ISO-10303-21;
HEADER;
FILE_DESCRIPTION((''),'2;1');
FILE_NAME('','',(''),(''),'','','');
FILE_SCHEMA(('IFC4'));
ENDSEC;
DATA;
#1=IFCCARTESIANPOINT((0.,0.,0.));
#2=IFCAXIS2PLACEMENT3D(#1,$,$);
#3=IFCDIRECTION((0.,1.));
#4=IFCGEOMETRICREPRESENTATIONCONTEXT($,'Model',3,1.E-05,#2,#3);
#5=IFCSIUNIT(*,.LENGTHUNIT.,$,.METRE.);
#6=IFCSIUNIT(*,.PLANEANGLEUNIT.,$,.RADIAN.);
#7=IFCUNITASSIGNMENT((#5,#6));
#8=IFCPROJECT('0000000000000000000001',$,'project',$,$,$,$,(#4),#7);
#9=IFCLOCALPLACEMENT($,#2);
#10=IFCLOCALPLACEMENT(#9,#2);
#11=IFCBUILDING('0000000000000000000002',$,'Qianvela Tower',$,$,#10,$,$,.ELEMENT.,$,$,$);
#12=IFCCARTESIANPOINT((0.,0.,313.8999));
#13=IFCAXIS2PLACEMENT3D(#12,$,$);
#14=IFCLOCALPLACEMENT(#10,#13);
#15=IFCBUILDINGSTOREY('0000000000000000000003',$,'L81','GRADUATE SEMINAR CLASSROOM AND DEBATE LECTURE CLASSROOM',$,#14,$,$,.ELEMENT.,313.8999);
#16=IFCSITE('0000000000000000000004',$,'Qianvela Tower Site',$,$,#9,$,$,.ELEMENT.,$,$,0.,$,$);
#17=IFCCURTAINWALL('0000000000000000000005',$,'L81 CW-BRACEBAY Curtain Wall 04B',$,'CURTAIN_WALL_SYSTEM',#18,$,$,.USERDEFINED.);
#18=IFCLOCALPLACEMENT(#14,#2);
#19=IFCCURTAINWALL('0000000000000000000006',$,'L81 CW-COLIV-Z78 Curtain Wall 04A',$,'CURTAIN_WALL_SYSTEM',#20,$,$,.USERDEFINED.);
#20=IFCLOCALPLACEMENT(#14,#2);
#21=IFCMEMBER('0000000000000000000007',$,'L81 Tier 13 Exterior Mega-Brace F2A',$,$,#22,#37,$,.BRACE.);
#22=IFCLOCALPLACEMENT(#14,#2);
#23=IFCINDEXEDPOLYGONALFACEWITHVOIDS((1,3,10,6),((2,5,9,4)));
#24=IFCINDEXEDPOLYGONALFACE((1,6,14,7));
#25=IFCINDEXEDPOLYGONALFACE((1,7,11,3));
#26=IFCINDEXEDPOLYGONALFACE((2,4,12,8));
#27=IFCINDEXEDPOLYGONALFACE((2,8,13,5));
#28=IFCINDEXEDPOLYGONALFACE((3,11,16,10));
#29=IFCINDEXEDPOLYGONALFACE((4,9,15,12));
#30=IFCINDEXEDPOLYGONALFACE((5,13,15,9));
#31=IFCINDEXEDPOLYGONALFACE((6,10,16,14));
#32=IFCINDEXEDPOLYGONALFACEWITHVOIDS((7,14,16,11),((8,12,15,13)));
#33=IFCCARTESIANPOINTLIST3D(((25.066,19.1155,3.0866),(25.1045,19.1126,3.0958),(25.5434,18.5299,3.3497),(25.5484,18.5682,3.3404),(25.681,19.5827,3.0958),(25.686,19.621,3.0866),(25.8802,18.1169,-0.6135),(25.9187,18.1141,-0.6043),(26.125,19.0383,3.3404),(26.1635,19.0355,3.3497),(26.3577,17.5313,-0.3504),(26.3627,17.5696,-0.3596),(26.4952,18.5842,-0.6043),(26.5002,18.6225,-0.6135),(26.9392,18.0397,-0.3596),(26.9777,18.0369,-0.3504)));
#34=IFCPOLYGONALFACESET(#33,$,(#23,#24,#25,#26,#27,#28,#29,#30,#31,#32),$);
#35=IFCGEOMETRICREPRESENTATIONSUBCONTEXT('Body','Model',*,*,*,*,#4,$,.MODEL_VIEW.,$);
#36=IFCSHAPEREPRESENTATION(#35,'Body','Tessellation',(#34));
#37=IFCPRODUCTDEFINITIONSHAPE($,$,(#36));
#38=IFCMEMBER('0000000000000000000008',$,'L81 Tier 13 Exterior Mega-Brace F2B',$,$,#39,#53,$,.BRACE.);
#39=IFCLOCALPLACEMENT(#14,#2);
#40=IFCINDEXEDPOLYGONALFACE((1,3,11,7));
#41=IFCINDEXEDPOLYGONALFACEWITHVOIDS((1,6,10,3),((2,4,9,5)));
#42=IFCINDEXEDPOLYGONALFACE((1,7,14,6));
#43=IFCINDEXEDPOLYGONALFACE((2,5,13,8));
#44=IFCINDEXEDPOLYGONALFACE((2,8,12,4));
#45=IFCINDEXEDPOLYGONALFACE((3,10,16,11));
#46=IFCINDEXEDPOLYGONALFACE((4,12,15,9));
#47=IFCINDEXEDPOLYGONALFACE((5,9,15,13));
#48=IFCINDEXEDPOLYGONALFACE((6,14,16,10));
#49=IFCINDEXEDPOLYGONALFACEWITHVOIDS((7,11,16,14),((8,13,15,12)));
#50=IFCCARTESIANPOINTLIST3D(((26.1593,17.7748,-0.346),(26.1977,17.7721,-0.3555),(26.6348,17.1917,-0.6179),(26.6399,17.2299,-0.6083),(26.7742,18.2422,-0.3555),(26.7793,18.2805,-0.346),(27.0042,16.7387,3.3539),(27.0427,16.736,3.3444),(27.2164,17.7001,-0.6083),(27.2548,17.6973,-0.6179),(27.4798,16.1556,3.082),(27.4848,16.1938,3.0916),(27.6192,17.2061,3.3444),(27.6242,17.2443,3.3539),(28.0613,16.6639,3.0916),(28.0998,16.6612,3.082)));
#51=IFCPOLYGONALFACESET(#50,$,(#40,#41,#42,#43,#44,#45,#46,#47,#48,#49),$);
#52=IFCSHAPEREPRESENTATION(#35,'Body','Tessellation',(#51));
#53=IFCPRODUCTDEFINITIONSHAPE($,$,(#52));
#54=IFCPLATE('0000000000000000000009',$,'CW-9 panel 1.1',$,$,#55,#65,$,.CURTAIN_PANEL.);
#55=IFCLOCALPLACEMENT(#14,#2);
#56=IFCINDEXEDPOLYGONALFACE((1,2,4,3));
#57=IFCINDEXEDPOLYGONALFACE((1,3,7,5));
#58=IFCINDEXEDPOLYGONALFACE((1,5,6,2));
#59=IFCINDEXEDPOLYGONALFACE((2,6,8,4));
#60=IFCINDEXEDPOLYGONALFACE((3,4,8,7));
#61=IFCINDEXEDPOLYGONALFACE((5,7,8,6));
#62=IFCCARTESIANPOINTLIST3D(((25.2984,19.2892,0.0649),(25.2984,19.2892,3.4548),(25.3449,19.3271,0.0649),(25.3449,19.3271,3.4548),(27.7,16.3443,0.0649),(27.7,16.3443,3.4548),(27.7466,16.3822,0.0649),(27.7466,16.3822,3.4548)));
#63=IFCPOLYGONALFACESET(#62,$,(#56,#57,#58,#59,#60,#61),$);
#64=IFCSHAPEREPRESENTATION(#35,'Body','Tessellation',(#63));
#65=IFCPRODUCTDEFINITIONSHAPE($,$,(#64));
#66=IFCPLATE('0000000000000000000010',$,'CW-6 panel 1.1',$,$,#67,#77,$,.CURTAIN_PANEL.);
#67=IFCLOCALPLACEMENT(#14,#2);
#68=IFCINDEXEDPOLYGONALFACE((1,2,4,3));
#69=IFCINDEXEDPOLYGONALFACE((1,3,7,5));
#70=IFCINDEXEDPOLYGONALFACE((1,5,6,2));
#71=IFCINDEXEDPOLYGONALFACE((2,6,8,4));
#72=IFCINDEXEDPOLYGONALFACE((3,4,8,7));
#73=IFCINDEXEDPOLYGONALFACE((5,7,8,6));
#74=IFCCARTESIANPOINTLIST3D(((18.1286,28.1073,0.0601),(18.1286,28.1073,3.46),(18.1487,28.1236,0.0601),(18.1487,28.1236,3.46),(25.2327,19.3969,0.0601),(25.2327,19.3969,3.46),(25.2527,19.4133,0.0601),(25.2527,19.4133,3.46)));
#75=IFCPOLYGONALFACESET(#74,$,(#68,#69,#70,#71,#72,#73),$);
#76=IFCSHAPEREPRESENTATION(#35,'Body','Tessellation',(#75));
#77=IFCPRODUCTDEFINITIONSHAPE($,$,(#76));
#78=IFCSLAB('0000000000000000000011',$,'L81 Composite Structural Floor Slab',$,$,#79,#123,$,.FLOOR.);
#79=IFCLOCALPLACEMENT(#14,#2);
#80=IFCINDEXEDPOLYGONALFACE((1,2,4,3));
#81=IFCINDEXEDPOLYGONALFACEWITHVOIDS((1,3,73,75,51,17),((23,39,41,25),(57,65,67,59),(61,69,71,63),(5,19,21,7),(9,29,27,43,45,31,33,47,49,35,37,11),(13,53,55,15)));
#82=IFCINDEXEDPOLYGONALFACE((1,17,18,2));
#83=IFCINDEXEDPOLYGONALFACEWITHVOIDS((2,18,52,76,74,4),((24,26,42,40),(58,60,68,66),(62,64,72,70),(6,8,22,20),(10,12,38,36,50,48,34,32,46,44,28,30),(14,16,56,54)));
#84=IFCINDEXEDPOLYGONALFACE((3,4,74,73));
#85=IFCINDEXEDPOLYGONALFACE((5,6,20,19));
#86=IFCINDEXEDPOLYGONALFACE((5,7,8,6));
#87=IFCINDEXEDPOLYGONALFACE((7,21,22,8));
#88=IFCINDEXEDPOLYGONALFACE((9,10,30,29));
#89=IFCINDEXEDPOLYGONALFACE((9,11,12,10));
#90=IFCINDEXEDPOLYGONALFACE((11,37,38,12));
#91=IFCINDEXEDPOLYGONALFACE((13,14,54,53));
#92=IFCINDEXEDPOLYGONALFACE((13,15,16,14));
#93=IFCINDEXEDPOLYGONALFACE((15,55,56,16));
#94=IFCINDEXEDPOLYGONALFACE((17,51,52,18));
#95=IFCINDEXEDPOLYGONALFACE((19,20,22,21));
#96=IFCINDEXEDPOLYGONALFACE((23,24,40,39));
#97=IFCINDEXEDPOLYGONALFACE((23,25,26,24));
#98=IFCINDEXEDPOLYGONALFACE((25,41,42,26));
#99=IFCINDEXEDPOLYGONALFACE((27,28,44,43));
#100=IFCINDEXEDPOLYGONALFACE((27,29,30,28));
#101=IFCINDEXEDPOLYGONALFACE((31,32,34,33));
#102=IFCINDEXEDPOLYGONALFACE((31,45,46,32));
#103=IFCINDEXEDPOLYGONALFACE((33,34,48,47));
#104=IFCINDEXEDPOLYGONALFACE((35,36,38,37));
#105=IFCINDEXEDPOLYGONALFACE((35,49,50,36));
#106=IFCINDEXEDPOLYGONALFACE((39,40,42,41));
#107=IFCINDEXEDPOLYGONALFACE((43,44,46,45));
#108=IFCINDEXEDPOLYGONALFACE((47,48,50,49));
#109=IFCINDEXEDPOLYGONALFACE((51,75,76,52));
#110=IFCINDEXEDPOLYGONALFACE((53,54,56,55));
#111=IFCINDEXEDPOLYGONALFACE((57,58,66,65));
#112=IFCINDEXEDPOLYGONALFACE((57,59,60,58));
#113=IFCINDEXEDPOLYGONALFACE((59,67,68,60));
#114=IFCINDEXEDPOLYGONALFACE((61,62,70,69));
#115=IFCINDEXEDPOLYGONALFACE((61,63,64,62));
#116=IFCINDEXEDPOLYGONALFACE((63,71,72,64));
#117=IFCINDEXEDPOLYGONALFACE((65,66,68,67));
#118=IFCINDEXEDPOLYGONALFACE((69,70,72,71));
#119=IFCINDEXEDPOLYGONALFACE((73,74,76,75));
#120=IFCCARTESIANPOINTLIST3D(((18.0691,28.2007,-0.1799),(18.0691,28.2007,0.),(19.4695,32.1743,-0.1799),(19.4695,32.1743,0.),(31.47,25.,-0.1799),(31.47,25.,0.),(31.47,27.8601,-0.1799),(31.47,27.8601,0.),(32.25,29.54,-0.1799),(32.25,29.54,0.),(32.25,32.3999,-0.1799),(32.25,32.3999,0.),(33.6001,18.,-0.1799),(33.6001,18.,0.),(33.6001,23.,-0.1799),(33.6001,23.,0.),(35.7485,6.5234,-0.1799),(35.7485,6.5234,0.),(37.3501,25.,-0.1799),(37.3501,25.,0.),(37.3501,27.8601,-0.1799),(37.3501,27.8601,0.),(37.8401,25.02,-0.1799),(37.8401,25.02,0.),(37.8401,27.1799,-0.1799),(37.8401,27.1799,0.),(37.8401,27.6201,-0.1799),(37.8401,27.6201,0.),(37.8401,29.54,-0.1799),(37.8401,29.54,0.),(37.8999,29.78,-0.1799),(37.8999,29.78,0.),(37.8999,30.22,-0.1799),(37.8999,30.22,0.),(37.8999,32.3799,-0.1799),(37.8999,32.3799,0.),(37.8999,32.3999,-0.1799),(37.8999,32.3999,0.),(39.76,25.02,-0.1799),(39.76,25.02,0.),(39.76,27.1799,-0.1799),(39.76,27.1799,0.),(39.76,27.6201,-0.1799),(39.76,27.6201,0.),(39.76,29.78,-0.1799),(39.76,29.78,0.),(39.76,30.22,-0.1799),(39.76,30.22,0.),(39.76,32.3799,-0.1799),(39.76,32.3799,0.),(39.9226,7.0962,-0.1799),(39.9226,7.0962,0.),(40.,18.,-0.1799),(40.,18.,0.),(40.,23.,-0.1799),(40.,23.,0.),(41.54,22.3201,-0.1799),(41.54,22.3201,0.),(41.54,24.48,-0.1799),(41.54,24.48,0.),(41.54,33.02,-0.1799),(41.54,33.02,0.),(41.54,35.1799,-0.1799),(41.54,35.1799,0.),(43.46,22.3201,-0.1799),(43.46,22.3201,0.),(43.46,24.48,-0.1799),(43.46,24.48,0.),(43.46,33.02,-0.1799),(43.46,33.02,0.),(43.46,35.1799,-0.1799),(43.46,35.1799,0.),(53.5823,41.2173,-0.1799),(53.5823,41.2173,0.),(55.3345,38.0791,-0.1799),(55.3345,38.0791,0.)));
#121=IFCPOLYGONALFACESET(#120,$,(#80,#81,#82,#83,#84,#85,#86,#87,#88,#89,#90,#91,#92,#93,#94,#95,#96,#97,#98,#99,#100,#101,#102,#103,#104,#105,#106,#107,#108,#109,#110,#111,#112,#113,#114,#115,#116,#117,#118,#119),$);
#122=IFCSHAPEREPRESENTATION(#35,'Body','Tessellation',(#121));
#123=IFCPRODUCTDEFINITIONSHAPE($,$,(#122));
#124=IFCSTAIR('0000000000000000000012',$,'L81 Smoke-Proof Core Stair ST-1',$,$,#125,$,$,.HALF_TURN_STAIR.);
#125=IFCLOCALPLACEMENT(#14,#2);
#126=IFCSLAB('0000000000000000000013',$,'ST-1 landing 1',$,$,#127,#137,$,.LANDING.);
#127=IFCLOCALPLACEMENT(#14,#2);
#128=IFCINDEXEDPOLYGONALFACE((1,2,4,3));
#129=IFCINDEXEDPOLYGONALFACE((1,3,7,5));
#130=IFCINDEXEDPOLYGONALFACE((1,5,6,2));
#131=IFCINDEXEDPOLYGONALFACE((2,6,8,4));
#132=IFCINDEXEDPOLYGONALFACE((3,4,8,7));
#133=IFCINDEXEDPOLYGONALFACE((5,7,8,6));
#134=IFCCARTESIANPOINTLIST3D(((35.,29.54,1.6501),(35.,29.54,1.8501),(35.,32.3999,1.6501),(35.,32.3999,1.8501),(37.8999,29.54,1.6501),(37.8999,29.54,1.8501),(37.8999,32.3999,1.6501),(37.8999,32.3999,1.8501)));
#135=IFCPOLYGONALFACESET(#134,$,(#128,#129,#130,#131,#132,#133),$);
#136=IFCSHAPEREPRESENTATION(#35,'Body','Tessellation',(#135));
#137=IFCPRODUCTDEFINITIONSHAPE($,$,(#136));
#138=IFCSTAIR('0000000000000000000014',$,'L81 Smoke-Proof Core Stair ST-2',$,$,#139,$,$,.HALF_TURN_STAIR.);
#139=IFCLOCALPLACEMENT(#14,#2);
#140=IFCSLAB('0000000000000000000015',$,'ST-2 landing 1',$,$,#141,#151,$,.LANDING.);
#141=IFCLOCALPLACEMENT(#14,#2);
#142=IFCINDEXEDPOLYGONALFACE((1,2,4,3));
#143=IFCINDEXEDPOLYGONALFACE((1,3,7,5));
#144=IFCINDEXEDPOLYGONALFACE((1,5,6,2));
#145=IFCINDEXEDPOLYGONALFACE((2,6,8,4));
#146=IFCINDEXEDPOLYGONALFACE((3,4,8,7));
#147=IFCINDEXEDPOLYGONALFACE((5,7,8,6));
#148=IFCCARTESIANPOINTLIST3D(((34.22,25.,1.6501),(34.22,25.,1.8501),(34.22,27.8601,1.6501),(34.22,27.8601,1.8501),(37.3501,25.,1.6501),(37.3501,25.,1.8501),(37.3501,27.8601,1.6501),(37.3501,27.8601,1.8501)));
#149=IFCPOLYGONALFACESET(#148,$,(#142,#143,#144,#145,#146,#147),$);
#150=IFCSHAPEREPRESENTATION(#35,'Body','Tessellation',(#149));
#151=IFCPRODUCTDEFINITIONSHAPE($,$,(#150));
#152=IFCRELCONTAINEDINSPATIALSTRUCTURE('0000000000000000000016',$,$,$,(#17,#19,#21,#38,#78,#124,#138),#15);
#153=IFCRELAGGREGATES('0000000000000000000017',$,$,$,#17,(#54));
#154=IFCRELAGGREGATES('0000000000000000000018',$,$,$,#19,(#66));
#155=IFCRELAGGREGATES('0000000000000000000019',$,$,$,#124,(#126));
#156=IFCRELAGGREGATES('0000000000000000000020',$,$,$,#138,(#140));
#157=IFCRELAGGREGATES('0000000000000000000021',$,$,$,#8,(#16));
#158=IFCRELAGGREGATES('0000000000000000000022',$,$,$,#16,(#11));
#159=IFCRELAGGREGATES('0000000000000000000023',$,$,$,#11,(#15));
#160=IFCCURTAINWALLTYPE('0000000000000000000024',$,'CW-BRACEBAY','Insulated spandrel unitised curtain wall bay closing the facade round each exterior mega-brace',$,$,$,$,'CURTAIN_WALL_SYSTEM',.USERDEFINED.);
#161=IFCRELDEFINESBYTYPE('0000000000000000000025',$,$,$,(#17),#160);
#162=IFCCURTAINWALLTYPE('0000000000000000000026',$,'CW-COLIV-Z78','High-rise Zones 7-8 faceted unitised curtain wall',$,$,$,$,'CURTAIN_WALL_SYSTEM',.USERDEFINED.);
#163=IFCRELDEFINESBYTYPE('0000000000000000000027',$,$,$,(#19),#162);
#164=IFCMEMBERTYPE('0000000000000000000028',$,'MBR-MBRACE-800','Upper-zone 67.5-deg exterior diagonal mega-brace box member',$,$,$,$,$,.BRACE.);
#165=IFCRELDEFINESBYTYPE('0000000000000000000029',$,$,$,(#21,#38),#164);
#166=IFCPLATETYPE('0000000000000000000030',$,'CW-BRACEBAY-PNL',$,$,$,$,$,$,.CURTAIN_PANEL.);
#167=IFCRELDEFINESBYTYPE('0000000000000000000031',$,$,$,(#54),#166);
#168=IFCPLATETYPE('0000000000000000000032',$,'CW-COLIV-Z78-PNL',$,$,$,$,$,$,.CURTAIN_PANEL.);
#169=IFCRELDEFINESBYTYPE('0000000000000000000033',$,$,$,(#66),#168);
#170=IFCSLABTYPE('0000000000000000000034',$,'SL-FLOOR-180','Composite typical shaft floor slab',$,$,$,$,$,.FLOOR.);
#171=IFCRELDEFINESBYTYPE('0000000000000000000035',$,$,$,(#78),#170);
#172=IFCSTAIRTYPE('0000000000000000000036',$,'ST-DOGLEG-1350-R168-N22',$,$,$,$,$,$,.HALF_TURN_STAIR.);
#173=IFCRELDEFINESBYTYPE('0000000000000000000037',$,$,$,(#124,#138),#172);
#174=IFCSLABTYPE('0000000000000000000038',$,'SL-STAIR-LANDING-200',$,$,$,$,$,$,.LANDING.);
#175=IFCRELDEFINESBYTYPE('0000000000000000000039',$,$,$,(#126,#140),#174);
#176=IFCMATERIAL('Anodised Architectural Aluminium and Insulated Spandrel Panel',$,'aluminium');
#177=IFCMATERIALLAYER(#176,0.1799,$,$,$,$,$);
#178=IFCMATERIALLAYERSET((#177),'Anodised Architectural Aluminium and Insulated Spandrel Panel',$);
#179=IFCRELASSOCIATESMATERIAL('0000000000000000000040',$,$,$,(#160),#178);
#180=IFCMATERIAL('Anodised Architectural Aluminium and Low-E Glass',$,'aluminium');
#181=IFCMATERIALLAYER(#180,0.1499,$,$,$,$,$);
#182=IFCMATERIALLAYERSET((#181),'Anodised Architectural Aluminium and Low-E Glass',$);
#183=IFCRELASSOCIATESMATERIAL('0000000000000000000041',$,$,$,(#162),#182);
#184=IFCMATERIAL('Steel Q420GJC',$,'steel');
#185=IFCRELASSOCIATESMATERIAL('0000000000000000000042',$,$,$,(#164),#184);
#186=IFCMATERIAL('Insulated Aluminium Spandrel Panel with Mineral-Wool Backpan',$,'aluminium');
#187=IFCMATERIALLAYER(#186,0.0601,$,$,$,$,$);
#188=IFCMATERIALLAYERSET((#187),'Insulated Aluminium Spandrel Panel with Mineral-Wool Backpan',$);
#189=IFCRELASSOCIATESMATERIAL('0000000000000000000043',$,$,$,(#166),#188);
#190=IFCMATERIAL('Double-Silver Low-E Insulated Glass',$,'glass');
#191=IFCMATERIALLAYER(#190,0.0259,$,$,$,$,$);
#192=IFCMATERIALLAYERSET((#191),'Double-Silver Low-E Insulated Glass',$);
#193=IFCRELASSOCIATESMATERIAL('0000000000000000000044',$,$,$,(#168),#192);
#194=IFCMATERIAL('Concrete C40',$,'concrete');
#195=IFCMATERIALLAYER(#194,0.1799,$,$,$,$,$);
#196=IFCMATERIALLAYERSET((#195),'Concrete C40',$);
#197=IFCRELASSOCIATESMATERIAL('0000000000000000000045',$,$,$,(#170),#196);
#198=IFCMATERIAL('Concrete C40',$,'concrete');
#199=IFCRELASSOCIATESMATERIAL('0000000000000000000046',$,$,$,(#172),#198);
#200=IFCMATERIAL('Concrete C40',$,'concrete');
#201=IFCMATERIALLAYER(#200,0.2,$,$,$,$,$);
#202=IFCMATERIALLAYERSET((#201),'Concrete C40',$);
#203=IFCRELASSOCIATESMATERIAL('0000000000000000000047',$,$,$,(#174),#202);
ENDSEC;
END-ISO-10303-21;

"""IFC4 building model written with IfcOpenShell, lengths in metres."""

from ifc_helpers import new_model, si_unit, direction, frame, origin, origin_2d, place, context, subcontext, project, spatial, polyline, rectangle, hollow_rectangle, outline, extrude, material, layer, layer_set, material_profile, profile_set, type_object, element, aggregate, save


model = new_model("IFC4")

# Units and contexts
model_context = context("Model", 3, precision=1e-05, world=origin(), true_north=direction((0.0, 1.0)))
body_context = subcontext(model_context, "Body", "Model", "MODEL_VIEW")
ifc_project = project(units=[si_unit("LENGTHUNIT", "METRE"), si_unit("PLANEANGLEUNIT", "RADIAN")], contexts=[model_context])

# Site, building, storey
site_placement = place(None, origin())
site = spatial("IfcSite", under=ifc_project, at=site_placement, Name="Qianvela Tower Site", CompositionType="ELEMENT", RefElevation=0.0)
building_placement = place(site_placement, origin())
building = spatial("IfcBuilding", under=site, at=building_placement, Name="Qianvela Tower", CompositionType="ELEMENT")
storey_placement = place(building_placement, frame((0.0, 0.0, 313.8999)))
storey = spatial("IfcBuildingStorey", under=building, at=storey_placement, Name="L81", Description="GRADUATE SEMINAR CLASSROOM AND DEBATE LECTURE CLASSROOM", CompositionType="ELEMENT", Elevation=313.8999)

# Curtain wall
ifc_material_1 = material(Name="Anodised Architectural Aluminium and Insulated Spandrel Panel", Category="aluminium")
ifc_layer_1 = layer(ifc_material_1, 0.1799)
ifc_layer_set_1 = layer_set([ifc_layer_1], Name="Anodised Architectural Aluminium and Insulated Spandrel Panel")
curtain_wall_type_1 = type_object("IfcCurtainWallType", Name="CW-BRACEBAY", Description="Insulated spandrel unitised curtain wall bay closing the facade round each exterior mega-brace", ElementType="CURTAIN_WALL_SYSTEM", PredefinedType="USERDEFINED", material=ifc_layer_set_1)
curtain_wall_1_placement = place(storey_placement, origin())
curtain_wall_1 = element("IfcCurtainWall", 1, at=curtain_wall_1_placement, inside=storey, type_object=curtain_wall_type_1, Name="L81 CW-BRACEBAY Curtain Wall 04B", ObjectType="CURTAIN_WALL_SYSTEM", PredefinedType="USERDEFINED")

# Curtain wall
ifc_material_2 = material(Name="Anodised Architectural Aluminium and Low-E Glass", Category="aluminium")
ifc_layer_2 = layer(ifc_material_2, 0.1499)
ifc_layer_set_2 = layer_set([ifc_layer_2], Name="Anodised Architectural Aluminium and Low-E Glass")
curtain_wall_type_2 = type_object("IfcCurtainWallType", Name="CW-COLIV-Z78", Description="High-rise Zones 7-8 faceted unitised curtain wall", ElementType="CURTAIN_WALL_SYSTEM", PredefinedType="USERDEFINED", material=ifc_layer_set_2)
curtain_wall_2_placement = place(storey_placement, origin())
curtain_wall_2 = element("IfcCurtainWall", 2, at=curtain_wall_2_placement, inside=storey, type_object=curtain_wall_type_2, Name="L81 CW-COLIV-Z78 Curtain Wall 04A", ObjectType="CURTAIN_WALL_SYSTEM", PredefinedType="USERDEFINED")

# Members
ifc_material_3 = material(Name="Steel Q420GJC", Category="steel")
ifc_material_profile_1 = material_profile(ifc_material_3, hollow_rectangle(XDim=0.8, YDim=0.8, WallThickness=0.0281, at=origin_2d()), Name="MBOX-800x800x28")
ifc_profile_set_1 = profile_set([ifc_material_profile_1], Name="Steel Q420GJC")
member_type_1 = type_object("IfcMemberType", Name="MBR-MBRACE-800", Description="Upper-zone 67.5-deg exterior diagonal mega-brace box member", PredefinedType="BRACE", material=ifc_profile_set_1)
member_1_placement = place(storey_placement, frame((26.429, 18.0769, -0.4819), z_axis=(-0.20782, 0.254867, 0.94438), x_axis=(-0.775012, -0.631947, 0.0)))
element("IfcMember", 3, at=member_1_placement, inside=storey, type_object=member_type_1, Name="L81 Tier 13 Exterior Mega-Brace F2A", PredefinedType="BRACE", context=body_context, shape_type="SweptSolid", body=[
    extrude(hollow_rectangle(XDim=0.8, YDim=0.8, WallThickness=0.0281, at=origin_2d()), origin(), (0.0, 0.0, 1.0), 3.918),
])
member_2_placement = place(storey_placement, frame((26.707, 17.7361, -0.4819), z_axis=(0.214781, -0.263372, 0.940481), x_axis=(0.774973, 0.631994, 0.0)))
element("IfcMember", 4, at=member_2_placement, inside=storey, type_object=member_type_1, Name="L81 Tier 13 Exterior Mega-Brace F2B", PredefinedType="BRACE", context=body_context, shape_type="SweptSolid", body=[
    extrude(hollow_rectangle(XDim=0.8, YDim=0.8, WallThickness=0.0281, at=origin_2d()), origin(), (0.0, 0.0, 1.0), 3.9341),
])

# Plates
ifc_material_4 = material(Name="Insulated Aluminium Spandrel Panel with Mineral-Wool Backpan", Category="aluminium")
ifc_layer_3 = layer(ifc_material_4, 0.0601)
ifc_layer_set_3 = layer_set([ifc_layer_3], Name="Insulated Aluminium Spandrel Panel with Mineral-Wool Backpan")
plate_type_1 = type_object("IfcPlateType", Name="CW-BRACEBAY-PNL", PredefinedType="CURTAIN_PANEL", material=ifc_layer_set_3)
plate_1_placement = place(storey_placement, frame((26.5225, 17.8357, 0.0649), z_axis=(0.0, 0.0, 1.0), x_axis=(0.632009, -0.774961, 0.0)))
plate_1 = element("IfcPlate", 5, at=plate_1_placement, type_object=plate_type_1, Name="CW-9 panel 1.1", PredefinedType="CURTAIN_PANEL", context=body_context, shape_type="SweptSolid", body=[
    extrude(rectangle(XDim=3.8, YDim=0.0601, at=origin_2d()), origin(), (0.0, 0.0, 1.0), 3.3899),
])
aggregate(curtain_wall_1, [plate_1])
ifc_material_5 = material(Name="Double-Silver Low-E Insulated Glass", Category="glass")
ifc_layer_4 = layer(ifc_material_5, 0.0259)
ifc_layer_set_4 = layer_set([ifc_layer_4], Name="Double-Silver Low-E Insulated Glass")
plate_type_2 = type_object("IfcPlateType", Name="CW-COLIV-Z78-PNL", PredefinedType="CURTAIN_PANEL", material=ifc_layer_set_4)
plate_2_placement = place(storey_placement, frame((21.6907, 23.7603, 0.0601), z_axis=(0.0, 0.0, 1.0), x_axis=(0.63203, -0.774944, 0.0)))
plate_2 = element("IfcPlate", 6, at=plate_2_placement, type_object=plate_type_2, Name="CW-6 panel 1.1", PredefinedType="CURTAIN_PANEL", context=body_context, shape_type="SweptSolid", body=[
    extrude(rectangle(XDim=11.24, YDim=0.0259, at=origin_2d()), origin(), (0.0, 0.0, 1.0), 3.3999),
])
aggregate(curtain_wall_2, [plate_2])

# Slab
ifc_material_6 = material(Name="Concrete C40", Category="concrete")
ifc_layer_5 = layer(ifc_material_6, 0.1799)
ifc_layer_set_5 = layer_set([ifc_layer_5], Name="Concrete C40")
slab_type_1 = type_object("IfcSlabType", Name="SL-FLOOR-180", Description="Composite typical shaft floor slab", PredefinedType="FLOOR", material=ifc_layer_set_5)
slab_1_placement = place(storey_placement, frame((0.0, 0.0, -0.1799)))
element("IfcSlab", 7, at=slab_1_placement, inside=storey, type_object=slab_type_1, Name="L81 Composite Structural Floor Slab", PredefinedType="FLOOR", context=body_context, shape_type="SweptSolid", body=[
    extrude(outline(polyline([(55.3345, 38.0791), (53.5823, 41.2173), (19.4695, 32.1743), (18.0691, 28.2007), (35.7485, 6.5234), (39.9226, 7.0962), (55.3345, 38.0791)]), holes=[polyline([(40.0, 23.0), (33.6001, 23.0), (33.6001, 18.0), (40.0, 18.0), (40.0, 23.0)]), polyline([(43.46, 24.48), (41.54, 24.48), (41.54, 22.3201), (43.46, 22.3201), (43.46, 24.48)]), polyline([(39.76, 27.1799), (37.8401, 27.1799), (37.8401, 25.02), (39.76, 25.02), (39.76, 27.1799)]), polyline([(37.3501, 27.8601), (31.47, 27.8601), (31.47, 25.0), (37.3501, 25.0), (37.3501, 27.8601)]), polyline([(39.76, 27.6201), (39.76, 29.78), (37.8999, 29.78), (37.8999, 30.22), (39.76, 30.22), (39.76, 32.3799), (37.8999, 32.3799), (37.8999, 32.3999), (32.25, 32.3999), (32.25, 29.54), (37.8401, 29.54), (37.8401, 27.6201), (39.76, 27.6201)]), polyline([(43.46, 35.1799), (41.54, 35.1799), (41.54, 33.02), (43.46, 33.02), (43.46, 35.1799)])]), origin(), (0.0, 0.0, 1.0), 0.1799),
])

# Stairs, slabs
ifc_material_7 = material(Name="Concrete C40", Category="concrete")
stair_type = type_object("IfcStairType", Name="ST-DOGLEG-1350-R168-N22", PredefinedType="HALF_TURN_STAIR", material=ifc_material_7)
stair_1_placement = place(storey_placement, origin())
stair_1 = element("IfcStair", 8, at=stair_1_placement, inside=storey, type_object=stair_type, Name="L81 Smoke-Proof Core Stair ST-1", PredefinedType="HALF_TURN_STAIR")
ifc_material_8 = material(Name="Concrete C40", Category="concrete")
ifc_layer_6 = layer(ifc_material_8, 0.2)
ifc_layer_set_6 = layer_set([ifc_layer_6], Name="Concrete C40")
slab_type_2 = type_object("IfcSlabType", Name="SL-STAIR-LANDING-200", PredefinedType="LANDING", material=ifc_layer_set_6)
slab_2_placement = place(storey_placement, frame((0.0, 0.0, 1.6501)))
slab_2 = element("IfcSlab", 9, at=slab_2_placement, type_object=slab_type_2, Name="ST-1 landing 1", PredefinedType="LANDING", context=body_context, shape_type="SweptSolid", body=[
    extrude(outline(polyline([(35.0, 29.54), (37.8999, 29.54), (37.8999, 32.3999), (35.0, 32.3999), (35.0, 29.54)])), origin(), (0.0, 0.0, 1.0), 0.2),
])
aggregate(stair_1, [slab_2])
stair_2_placement = place(storey_placement, origin())
stair_2 = element("IfcStair", 10, at=stair_2_placement, inside=storey, type_object=stair_type, Name="L81 Smoke-Proof Core Stair ST-2", PredefinedType="HALF_TURN_STAIR")
slab_3_placement = place(storey_placement, frame((0.0, 0.0, 1.6501)))
slab_3 = element("IfcSlab", 11, at=slab_3_placement, type_object=slab_type_2, Name="ST-2 landing 1", PredefinedType="LANDING", context=body_context, shape_type="SweptSolid", body=[
    extrude(outline(polyline([(34.22, 25.0), (37.3501, 25.0), (37.3501, 27.8601), (34.22, 27.8601), (34.22, 25.0)])), origin(), (0.0, 0.0, 1.0), 0.2),
])
aggregate(stair_2, [slab_3])

save(model, "model.ifc")
